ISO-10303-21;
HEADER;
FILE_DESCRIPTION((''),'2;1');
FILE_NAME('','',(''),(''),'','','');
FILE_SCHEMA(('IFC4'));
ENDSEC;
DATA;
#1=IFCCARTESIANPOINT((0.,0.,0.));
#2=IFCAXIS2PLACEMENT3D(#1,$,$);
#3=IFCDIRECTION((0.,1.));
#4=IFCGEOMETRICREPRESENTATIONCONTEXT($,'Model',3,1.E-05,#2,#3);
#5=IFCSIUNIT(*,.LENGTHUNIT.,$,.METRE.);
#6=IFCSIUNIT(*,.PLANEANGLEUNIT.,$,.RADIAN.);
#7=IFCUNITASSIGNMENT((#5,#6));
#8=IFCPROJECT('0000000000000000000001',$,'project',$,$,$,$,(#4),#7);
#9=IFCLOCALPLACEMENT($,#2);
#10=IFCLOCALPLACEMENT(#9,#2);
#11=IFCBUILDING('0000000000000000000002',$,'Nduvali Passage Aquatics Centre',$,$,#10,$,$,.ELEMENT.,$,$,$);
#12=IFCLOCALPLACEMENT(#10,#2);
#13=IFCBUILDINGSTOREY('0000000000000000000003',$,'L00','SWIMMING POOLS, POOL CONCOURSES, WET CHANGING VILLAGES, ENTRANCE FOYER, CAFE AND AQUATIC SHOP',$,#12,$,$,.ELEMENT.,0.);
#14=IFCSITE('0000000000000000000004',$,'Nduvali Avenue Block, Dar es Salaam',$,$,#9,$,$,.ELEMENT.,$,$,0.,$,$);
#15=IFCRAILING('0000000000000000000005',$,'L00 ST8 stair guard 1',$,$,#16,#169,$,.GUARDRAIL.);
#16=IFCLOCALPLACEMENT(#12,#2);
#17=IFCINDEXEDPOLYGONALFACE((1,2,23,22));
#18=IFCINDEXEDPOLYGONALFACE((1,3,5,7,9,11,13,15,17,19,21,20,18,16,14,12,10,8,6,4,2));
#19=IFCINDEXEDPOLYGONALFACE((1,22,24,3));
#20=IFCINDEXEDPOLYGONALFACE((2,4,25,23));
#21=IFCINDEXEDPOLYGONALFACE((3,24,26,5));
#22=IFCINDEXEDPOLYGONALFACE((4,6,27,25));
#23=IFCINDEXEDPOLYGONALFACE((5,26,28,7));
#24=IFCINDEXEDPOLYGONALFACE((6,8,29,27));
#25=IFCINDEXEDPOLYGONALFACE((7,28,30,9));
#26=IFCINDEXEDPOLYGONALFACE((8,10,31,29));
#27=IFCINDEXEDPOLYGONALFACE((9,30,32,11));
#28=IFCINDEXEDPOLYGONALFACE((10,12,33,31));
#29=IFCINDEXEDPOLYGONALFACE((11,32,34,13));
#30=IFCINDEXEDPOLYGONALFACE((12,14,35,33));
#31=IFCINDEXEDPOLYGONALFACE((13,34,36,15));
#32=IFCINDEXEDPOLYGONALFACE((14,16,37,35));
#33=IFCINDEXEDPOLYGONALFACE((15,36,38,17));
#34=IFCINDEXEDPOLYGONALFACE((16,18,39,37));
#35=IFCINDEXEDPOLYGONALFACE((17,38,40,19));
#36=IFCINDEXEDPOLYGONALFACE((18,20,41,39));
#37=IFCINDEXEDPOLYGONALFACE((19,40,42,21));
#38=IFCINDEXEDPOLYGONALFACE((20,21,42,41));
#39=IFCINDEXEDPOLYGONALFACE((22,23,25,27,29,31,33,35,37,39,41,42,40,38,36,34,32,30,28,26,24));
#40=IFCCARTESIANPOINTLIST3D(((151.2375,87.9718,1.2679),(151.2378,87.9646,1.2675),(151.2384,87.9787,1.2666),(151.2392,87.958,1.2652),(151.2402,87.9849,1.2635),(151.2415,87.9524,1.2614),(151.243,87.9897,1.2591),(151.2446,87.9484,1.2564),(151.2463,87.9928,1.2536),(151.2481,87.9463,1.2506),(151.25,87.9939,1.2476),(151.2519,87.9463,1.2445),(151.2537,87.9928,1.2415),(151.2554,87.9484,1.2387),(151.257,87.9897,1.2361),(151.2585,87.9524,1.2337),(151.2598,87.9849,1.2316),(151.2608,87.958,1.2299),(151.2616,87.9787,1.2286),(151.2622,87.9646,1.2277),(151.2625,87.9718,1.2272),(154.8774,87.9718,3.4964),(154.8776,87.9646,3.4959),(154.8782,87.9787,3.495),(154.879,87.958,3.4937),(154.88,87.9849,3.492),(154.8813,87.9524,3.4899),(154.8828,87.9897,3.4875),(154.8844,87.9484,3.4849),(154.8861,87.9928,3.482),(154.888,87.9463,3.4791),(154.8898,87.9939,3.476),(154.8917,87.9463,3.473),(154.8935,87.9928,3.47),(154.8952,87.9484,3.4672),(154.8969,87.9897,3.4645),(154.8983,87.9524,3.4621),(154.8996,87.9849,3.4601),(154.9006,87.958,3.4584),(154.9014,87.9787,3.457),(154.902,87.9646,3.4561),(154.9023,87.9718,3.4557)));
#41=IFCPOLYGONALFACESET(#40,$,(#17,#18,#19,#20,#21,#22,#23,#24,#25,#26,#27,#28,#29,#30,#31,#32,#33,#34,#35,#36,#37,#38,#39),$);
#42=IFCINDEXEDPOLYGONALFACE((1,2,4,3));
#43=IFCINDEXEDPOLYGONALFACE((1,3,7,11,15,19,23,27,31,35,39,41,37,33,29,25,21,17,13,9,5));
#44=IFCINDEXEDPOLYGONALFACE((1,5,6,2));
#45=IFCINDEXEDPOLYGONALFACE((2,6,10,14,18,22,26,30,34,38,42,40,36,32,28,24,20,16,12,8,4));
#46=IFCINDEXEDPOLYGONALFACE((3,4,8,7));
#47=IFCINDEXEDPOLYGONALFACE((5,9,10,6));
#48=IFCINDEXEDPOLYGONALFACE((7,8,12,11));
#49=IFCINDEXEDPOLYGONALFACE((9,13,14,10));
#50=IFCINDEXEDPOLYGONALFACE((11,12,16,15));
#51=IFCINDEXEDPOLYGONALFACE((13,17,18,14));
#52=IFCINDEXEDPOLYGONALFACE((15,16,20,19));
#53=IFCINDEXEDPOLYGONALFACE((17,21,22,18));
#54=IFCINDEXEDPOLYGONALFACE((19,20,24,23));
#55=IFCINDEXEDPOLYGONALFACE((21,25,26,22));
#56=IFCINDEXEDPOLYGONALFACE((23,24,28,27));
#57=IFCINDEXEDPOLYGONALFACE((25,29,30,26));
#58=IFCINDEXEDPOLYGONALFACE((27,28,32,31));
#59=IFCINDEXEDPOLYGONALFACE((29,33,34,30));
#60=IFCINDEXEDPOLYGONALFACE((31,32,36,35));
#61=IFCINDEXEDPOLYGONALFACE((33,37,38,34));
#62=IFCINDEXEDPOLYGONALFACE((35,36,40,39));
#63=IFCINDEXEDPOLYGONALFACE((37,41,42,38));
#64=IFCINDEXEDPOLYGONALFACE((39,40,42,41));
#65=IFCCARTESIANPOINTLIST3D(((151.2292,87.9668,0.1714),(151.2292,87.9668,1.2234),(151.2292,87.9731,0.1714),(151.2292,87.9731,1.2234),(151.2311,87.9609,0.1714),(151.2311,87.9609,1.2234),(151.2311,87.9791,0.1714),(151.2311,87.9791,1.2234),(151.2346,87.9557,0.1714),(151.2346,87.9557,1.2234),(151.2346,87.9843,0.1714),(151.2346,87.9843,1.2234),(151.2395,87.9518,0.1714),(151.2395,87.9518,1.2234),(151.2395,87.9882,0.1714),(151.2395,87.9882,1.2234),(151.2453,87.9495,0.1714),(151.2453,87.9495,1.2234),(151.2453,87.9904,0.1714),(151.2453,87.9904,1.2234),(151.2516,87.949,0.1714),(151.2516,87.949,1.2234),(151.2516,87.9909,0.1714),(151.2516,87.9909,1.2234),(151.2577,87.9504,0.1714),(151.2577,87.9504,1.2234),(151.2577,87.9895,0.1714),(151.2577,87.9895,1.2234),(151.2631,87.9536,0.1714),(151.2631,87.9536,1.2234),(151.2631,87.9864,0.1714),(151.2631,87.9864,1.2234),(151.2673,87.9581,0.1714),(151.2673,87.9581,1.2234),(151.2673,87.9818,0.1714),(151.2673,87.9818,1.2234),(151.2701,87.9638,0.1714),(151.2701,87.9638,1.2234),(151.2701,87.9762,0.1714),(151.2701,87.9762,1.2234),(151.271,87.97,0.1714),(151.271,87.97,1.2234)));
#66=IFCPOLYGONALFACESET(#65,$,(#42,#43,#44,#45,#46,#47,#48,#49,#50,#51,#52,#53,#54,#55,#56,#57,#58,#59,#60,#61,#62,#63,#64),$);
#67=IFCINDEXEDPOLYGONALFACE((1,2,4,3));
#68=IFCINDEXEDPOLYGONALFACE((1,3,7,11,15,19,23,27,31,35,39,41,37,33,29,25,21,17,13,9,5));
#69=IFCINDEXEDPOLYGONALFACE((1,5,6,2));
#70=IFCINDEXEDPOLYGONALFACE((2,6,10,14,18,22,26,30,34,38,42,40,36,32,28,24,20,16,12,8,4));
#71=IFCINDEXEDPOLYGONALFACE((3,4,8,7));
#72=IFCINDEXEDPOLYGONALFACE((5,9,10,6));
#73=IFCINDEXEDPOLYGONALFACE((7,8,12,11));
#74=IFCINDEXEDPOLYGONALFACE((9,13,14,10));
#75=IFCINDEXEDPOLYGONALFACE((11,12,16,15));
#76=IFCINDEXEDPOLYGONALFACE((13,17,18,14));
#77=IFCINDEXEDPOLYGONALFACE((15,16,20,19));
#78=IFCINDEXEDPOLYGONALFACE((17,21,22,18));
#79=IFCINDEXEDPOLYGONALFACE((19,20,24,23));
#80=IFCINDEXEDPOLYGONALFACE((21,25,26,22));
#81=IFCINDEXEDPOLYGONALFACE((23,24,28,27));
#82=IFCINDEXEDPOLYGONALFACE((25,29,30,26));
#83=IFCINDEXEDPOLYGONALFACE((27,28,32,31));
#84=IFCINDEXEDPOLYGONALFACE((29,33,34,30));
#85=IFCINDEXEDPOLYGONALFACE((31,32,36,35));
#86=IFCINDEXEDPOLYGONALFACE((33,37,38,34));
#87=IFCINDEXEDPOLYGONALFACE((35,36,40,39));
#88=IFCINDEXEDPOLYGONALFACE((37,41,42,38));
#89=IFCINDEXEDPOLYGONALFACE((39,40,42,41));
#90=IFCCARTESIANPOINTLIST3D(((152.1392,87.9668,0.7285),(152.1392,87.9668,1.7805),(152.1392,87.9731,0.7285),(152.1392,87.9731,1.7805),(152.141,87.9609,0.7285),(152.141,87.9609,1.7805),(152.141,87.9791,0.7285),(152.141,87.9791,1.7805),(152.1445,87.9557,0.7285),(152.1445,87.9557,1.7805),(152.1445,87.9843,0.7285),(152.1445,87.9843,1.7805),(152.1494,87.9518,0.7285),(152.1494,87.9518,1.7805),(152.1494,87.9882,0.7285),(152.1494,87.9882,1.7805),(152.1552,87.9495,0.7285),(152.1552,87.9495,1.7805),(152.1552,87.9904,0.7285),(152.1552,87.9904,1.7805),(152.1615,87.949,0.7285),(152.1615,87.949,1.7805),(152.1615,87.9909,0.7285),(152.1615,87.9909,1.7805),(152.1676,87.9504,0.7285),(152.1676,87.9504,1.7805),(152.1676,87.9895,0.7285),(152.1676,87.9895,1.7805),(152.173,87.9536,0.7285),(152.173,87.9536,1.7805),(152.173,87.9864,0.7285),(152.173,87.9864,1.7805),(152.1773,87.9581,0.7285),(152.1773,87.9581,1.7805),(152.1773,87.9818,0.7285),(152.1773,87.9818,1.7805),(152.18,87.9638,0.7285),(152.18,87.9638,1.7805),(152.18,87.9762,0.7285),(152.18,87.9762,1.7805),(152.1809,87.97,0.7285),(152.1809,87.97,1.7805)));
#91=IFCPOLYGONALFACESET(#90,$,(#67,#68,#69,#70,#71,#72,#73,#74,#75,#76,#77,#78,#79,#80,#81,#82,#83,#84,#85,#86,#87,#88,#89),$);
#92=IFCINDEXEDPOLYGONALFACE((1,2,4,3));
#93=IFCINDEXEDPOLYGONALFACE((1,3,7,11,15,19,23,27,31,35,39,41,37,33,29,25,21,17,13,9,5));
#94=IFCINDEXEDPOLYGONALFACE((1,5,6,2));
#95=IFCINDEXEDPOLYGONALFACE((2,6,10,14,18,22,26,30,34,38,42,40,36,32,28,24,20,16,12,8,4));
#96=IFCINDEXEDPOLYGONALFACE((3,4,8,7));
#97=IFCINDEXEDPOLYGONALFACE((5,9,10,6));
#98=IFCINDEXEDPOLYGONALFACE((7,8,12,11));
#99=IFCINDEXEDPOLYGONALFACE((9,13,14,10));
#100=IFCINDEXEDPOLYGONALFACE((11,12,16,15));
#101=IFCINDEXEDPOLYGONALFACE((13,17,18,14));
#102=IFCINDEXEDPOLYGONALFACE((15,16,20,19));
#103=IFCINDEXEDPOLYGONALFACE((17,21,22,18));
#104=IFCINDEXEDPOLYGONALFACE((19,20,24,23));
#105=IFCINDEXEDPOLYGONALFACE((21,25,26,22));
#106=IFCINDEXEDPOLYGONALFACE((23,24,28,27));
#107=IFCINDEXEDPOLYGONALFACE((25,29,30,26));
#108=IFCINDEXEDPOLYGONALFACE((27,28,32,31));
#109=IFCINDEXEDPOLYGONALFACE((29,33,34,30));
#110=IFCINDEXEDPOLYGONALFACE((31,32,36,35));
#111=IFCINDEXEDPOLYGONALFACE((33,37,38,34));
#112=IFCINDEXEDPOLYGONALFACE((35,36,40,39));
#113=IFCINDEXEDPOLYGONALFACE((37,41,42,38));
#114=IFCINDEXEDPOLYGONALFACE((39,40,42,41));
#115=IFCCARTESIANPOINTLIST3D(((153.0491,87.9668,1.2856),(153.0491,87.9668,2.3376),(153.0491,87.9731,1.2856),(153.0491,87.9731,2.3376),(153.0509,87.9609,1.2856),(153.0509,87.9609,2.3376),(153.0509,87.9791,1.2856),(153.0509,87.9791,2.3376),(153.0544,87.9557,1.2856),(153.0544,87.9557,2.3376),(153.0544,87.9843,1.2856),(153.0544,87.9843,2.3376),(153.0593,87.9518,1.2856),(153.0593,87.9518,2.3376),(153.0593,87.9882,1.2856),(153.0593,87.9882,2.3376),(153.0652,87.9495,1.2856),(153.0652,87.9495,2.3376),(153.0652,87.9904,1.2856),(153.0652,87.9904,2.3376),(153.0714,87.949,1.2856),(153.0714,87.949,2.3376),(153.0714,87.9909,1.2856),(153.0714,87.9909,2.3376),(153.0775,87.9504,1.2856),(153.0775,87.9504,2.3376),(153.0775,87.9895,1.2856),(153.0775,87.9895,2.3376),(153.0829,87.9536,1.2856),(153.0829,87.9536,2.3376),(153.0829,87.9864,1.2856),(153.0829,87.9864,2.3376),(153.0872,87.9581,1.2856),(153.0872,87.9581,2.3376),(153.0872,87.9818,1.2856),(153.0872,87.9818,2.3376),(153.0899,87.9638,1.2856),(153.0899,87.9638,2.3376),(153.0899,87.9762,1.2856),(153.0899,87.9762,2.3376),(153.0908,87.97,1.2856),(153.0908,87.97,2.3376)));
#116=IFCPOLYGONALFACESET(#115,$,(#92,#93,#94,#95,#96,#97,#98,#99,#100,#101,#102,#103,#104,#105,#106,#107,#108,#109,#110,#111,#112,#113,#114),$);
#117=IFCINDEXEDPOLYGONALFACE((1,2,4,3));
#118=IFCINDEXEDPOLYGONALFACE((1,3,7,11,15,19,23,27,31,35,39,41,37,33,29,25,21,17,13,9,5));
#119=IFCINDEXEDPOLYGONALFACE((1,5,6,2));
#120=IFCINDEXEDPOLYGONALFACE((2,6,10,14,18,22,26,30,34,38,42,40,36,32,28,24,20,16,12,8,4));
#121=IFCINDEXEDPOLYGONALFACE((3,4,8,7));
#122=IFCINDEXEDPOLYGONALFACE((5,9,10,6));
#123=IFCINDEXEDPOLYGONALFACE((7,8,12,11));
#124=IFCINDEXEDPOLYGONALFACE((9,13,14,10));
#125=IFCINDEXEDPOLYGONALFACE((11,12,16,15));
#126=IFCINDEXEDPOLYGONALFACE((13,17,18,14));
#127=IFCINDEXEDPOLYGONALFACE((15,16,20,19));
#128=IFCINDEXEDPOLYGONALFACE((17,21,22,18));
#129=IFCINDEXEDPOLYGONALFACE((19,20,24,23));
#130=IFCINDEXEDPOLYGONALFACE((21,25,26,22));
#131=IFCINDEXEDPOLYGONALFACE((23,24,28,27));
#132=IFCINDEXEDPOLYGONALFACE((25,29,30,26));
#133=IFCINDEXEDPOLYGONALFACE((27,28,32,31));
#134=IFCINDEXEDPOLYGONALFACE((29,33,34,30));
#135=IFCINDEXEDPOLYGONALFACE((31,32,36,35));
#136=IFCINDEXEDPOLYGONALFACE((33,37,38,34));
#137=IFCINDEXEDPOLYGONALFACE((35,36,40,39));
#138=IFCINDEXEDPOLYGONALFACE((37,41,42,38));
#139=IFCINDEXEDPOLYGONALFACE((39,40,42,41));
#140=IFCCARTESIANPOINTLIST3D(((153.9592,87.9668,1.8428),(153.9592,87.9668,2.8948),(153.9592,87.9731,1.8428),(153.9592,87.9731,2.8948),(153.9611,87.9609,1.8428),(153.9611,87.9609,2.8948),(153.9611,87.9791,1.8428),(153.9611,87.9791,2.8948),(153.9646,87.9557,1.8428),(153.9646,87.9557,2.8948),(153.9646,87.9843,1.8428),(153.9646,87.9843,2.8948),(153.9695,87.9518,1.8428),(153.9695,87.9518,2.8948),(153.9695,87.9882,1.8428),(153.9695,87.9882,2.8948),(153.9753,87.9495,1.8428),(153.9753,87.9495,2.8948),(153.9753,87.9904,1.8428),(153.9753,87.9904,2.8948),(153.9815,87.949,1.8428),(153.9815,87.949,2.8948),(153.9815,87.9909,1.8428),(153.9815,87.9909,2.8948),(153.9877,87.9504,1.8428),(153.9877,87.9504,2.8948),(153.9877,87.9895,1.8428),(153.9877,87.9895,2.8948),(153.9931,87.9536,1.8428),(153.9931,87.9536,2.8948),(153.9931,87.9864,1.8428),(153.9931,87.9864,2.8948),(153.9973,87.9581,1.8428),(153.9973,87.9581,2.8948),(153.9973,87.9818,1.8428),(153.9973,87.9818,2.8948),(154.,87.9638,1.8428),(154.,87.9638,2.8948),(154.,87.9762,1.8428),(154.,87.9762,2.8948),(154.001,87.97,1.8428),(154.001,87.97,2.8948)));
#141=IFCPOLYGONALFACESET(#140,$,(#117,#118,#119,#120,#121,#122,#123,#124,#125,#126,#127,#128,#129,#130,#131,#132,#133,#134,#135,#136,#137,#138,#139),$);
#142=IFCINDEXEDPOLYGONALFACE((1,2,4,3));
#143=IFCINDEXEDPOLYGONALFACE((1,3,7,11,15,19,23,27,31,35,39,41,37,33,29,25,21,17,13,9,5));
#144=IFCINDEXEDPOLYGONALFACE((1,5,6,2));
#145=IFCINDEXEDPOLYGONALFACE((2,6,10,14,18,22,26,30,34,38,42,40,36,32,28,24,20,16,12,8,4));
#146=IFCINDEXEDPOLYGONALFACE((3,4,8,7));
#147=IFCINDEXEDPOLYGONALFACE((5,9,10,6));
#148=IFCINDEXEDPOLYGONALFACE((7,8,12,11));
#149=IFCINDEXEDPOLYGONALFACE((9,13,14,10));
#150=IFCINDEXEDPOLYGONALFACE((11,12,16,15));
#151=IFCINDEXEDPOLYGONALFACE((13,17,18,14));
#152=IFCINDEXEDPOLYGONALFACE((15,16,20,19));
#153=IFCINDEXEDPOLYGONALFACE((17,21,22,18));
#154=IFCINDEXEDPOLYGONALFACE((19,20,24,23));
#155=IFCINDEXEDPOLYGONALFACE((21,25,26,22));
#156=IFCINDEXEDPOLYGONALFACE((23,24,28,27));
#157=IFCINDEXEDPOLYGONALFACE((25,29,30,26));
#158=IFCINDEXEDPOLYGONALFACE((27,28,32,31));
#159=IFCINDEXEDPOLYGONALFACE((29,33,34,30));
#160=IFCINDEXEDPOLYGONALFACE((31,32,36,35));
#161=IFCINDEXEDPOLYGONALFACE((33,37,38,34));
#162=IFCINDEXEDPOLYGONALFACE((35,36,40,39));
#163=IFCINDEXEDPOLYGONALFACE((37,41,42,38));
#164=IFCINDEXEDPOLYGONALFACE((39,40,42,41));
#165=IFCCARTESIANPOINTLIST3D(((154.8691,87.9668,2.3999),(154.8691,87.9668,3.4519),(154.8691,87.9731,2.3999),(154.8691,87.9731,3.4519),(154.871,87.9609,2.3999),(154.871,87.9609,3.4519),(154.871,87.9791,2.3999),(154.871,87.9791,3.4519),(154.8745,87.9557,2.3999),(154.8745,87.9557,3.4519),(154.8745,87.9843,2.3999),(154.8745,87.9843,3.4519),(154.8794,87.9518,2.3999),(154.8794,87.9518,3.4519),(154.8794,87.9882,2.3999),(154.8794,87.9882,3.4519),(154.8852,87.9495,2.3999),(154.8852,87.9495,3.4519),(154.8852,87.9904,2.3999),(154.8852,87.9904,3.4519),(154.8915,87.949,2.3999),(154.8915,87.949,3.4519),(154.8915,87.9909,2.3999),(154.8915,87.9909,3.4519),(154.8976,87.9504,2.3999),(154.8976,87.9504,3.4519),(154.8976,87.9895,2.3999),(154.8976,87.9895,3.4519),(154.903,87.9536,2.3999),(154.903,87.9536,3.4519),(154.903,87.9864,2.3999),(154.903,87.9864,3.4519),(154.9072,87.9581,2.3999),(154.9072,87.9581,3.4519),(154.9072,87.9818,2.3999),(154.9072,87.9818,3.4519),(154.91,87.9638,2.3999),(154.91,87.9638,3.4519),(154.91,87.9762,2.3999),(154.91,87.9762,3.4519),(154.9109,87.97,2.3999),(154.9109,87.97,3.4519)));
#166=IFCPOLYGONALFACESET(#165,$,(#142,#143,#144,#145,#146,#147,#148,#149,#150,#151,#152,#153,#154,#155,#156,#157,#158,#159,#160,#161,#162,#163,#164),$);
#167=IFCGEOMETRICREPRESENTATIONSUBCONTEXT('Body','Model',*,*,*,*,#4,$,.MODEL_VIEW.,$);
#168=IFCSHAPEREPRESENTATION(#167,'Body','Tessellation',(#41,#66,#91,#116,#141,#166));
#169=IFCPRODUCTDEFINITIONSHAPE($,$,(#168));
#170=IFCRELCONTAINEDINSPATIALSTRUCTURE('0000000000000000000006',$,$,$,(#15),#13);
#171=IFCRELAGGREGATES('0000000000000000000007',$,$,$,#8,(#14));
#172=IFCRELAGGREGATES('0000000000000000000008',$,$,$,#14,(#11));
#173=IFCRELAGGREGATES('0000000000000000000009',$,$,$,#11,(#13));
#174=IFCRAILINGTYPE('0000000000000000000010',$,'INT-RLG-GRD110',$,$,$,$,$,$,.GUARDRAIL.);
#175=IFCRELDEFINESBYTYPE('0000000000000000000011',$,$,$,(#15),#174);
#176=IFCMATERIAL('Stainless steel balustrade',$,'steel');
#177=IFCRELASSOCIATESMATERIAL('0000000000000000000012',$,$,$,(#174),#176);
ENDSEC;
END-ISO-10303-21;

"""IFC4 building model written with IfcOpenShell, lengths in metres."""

from ifc_helpers import new_model, si_unit, direction, frame, origin, origin_2d, place, context, subcontext, project, spatial, circle, extrude, material, type_object, element, save


model = new_model("IFC4")

# Units and contexts
model_context = context("Model", 3, precision=1e-05, world=origin(), true_north=direction((0.0, 1.0)))
body_context = subcontext(model_context, "Body", "Model", "MODEL_VIEW")
ifc_project = project(units=[si_unit("LENGTHUNIT", "METRE"), si_unit("PLANEANGLEUNIT", "RADIAN")], contexts=[model_context])

# Site, building, storey
site_placement = place(None, origin())
site = spatial("IfcSite", under=ifc_project, at=site_placement, Name="Nduvali Avenue Block, Dar es Salaam", CompositionType="ELEMENT", RefElevation=0.0)
building_placement = place(site_placement, origin())
building = spatial("IfcBuilding", under=site, at=building_placement, Name="Nduvali Passage Aquatics Centre", CompositionType="ELEMENT")
storey_placement = place(building_placement, origin())
storey = spatial("IfcBuildingStorey", under=building, at=storey_placement, Name="L00", Description="SWIMMING POOLS, POOL CONCOURSES, WET CHANGING VILLAGES, ENTRANCE FOYER, CAFE AND AQUATIC SHOP", CompositionType="ELEMENT", Elevation=0.0)

# Railing
ifc_material_1 = material(Name="Stainless steel balustrade", Category="steel")
railing_type = type_object("IfcRailingType", Name="INT-RLG-GRD110", PredefinedType="GUARDRAIL", material=ifc_material_1)
railing_1_placement = place(storey_placement, frame((151.25, 87.97, 0.1714)))
element("IfcRailing", 1, at=railing_1_placement, inside=storey, type_object=railing_type, Name="L00 ST8 stair guard 1", PredefinedType="GUARDRAIL", context=body_context, shape_type="SweptSolid", body=[
    extrude(circle(Radius=0.0239, at=origin_2d()), frame((0.0, 0.0, 1.0762), z_axis=(0.85285, 0.0, 0.522156), x_axis=(0.0, 1.0, 0.0)), (0.0, 0.0, 1.0), 4.2678),
    extrude(circle(Radius=0.021, at=origin_2d()), origin(), (0.0, 0.0, 1.0), 1.052),
    extrude(circle(Radius=0.021, at=origin_2d()), frame((0.9099, 0.0, 0.5571)), (0.0, 0.0, 1.0), 1.052),
    extrude(circle(Radius=0.021, at=origin_2d()), frame((1.8198, 0.0, 1.1143)), (0.0, 0.0, 1.0), 1.052),
    extrude(circle(Radius=0.021, at=origin_2d()), frame((2.73, 0.0, 1.6714)), (0.0, 0.0, 1.0), 1.052),
    extrude(circle(Radius=0.021, at=origin_2d()), frame((3.6399, 0.0, 2.2285)), (0.0, 0.0, 1.0), 1.052),
])

save(model, "model.ifc")
